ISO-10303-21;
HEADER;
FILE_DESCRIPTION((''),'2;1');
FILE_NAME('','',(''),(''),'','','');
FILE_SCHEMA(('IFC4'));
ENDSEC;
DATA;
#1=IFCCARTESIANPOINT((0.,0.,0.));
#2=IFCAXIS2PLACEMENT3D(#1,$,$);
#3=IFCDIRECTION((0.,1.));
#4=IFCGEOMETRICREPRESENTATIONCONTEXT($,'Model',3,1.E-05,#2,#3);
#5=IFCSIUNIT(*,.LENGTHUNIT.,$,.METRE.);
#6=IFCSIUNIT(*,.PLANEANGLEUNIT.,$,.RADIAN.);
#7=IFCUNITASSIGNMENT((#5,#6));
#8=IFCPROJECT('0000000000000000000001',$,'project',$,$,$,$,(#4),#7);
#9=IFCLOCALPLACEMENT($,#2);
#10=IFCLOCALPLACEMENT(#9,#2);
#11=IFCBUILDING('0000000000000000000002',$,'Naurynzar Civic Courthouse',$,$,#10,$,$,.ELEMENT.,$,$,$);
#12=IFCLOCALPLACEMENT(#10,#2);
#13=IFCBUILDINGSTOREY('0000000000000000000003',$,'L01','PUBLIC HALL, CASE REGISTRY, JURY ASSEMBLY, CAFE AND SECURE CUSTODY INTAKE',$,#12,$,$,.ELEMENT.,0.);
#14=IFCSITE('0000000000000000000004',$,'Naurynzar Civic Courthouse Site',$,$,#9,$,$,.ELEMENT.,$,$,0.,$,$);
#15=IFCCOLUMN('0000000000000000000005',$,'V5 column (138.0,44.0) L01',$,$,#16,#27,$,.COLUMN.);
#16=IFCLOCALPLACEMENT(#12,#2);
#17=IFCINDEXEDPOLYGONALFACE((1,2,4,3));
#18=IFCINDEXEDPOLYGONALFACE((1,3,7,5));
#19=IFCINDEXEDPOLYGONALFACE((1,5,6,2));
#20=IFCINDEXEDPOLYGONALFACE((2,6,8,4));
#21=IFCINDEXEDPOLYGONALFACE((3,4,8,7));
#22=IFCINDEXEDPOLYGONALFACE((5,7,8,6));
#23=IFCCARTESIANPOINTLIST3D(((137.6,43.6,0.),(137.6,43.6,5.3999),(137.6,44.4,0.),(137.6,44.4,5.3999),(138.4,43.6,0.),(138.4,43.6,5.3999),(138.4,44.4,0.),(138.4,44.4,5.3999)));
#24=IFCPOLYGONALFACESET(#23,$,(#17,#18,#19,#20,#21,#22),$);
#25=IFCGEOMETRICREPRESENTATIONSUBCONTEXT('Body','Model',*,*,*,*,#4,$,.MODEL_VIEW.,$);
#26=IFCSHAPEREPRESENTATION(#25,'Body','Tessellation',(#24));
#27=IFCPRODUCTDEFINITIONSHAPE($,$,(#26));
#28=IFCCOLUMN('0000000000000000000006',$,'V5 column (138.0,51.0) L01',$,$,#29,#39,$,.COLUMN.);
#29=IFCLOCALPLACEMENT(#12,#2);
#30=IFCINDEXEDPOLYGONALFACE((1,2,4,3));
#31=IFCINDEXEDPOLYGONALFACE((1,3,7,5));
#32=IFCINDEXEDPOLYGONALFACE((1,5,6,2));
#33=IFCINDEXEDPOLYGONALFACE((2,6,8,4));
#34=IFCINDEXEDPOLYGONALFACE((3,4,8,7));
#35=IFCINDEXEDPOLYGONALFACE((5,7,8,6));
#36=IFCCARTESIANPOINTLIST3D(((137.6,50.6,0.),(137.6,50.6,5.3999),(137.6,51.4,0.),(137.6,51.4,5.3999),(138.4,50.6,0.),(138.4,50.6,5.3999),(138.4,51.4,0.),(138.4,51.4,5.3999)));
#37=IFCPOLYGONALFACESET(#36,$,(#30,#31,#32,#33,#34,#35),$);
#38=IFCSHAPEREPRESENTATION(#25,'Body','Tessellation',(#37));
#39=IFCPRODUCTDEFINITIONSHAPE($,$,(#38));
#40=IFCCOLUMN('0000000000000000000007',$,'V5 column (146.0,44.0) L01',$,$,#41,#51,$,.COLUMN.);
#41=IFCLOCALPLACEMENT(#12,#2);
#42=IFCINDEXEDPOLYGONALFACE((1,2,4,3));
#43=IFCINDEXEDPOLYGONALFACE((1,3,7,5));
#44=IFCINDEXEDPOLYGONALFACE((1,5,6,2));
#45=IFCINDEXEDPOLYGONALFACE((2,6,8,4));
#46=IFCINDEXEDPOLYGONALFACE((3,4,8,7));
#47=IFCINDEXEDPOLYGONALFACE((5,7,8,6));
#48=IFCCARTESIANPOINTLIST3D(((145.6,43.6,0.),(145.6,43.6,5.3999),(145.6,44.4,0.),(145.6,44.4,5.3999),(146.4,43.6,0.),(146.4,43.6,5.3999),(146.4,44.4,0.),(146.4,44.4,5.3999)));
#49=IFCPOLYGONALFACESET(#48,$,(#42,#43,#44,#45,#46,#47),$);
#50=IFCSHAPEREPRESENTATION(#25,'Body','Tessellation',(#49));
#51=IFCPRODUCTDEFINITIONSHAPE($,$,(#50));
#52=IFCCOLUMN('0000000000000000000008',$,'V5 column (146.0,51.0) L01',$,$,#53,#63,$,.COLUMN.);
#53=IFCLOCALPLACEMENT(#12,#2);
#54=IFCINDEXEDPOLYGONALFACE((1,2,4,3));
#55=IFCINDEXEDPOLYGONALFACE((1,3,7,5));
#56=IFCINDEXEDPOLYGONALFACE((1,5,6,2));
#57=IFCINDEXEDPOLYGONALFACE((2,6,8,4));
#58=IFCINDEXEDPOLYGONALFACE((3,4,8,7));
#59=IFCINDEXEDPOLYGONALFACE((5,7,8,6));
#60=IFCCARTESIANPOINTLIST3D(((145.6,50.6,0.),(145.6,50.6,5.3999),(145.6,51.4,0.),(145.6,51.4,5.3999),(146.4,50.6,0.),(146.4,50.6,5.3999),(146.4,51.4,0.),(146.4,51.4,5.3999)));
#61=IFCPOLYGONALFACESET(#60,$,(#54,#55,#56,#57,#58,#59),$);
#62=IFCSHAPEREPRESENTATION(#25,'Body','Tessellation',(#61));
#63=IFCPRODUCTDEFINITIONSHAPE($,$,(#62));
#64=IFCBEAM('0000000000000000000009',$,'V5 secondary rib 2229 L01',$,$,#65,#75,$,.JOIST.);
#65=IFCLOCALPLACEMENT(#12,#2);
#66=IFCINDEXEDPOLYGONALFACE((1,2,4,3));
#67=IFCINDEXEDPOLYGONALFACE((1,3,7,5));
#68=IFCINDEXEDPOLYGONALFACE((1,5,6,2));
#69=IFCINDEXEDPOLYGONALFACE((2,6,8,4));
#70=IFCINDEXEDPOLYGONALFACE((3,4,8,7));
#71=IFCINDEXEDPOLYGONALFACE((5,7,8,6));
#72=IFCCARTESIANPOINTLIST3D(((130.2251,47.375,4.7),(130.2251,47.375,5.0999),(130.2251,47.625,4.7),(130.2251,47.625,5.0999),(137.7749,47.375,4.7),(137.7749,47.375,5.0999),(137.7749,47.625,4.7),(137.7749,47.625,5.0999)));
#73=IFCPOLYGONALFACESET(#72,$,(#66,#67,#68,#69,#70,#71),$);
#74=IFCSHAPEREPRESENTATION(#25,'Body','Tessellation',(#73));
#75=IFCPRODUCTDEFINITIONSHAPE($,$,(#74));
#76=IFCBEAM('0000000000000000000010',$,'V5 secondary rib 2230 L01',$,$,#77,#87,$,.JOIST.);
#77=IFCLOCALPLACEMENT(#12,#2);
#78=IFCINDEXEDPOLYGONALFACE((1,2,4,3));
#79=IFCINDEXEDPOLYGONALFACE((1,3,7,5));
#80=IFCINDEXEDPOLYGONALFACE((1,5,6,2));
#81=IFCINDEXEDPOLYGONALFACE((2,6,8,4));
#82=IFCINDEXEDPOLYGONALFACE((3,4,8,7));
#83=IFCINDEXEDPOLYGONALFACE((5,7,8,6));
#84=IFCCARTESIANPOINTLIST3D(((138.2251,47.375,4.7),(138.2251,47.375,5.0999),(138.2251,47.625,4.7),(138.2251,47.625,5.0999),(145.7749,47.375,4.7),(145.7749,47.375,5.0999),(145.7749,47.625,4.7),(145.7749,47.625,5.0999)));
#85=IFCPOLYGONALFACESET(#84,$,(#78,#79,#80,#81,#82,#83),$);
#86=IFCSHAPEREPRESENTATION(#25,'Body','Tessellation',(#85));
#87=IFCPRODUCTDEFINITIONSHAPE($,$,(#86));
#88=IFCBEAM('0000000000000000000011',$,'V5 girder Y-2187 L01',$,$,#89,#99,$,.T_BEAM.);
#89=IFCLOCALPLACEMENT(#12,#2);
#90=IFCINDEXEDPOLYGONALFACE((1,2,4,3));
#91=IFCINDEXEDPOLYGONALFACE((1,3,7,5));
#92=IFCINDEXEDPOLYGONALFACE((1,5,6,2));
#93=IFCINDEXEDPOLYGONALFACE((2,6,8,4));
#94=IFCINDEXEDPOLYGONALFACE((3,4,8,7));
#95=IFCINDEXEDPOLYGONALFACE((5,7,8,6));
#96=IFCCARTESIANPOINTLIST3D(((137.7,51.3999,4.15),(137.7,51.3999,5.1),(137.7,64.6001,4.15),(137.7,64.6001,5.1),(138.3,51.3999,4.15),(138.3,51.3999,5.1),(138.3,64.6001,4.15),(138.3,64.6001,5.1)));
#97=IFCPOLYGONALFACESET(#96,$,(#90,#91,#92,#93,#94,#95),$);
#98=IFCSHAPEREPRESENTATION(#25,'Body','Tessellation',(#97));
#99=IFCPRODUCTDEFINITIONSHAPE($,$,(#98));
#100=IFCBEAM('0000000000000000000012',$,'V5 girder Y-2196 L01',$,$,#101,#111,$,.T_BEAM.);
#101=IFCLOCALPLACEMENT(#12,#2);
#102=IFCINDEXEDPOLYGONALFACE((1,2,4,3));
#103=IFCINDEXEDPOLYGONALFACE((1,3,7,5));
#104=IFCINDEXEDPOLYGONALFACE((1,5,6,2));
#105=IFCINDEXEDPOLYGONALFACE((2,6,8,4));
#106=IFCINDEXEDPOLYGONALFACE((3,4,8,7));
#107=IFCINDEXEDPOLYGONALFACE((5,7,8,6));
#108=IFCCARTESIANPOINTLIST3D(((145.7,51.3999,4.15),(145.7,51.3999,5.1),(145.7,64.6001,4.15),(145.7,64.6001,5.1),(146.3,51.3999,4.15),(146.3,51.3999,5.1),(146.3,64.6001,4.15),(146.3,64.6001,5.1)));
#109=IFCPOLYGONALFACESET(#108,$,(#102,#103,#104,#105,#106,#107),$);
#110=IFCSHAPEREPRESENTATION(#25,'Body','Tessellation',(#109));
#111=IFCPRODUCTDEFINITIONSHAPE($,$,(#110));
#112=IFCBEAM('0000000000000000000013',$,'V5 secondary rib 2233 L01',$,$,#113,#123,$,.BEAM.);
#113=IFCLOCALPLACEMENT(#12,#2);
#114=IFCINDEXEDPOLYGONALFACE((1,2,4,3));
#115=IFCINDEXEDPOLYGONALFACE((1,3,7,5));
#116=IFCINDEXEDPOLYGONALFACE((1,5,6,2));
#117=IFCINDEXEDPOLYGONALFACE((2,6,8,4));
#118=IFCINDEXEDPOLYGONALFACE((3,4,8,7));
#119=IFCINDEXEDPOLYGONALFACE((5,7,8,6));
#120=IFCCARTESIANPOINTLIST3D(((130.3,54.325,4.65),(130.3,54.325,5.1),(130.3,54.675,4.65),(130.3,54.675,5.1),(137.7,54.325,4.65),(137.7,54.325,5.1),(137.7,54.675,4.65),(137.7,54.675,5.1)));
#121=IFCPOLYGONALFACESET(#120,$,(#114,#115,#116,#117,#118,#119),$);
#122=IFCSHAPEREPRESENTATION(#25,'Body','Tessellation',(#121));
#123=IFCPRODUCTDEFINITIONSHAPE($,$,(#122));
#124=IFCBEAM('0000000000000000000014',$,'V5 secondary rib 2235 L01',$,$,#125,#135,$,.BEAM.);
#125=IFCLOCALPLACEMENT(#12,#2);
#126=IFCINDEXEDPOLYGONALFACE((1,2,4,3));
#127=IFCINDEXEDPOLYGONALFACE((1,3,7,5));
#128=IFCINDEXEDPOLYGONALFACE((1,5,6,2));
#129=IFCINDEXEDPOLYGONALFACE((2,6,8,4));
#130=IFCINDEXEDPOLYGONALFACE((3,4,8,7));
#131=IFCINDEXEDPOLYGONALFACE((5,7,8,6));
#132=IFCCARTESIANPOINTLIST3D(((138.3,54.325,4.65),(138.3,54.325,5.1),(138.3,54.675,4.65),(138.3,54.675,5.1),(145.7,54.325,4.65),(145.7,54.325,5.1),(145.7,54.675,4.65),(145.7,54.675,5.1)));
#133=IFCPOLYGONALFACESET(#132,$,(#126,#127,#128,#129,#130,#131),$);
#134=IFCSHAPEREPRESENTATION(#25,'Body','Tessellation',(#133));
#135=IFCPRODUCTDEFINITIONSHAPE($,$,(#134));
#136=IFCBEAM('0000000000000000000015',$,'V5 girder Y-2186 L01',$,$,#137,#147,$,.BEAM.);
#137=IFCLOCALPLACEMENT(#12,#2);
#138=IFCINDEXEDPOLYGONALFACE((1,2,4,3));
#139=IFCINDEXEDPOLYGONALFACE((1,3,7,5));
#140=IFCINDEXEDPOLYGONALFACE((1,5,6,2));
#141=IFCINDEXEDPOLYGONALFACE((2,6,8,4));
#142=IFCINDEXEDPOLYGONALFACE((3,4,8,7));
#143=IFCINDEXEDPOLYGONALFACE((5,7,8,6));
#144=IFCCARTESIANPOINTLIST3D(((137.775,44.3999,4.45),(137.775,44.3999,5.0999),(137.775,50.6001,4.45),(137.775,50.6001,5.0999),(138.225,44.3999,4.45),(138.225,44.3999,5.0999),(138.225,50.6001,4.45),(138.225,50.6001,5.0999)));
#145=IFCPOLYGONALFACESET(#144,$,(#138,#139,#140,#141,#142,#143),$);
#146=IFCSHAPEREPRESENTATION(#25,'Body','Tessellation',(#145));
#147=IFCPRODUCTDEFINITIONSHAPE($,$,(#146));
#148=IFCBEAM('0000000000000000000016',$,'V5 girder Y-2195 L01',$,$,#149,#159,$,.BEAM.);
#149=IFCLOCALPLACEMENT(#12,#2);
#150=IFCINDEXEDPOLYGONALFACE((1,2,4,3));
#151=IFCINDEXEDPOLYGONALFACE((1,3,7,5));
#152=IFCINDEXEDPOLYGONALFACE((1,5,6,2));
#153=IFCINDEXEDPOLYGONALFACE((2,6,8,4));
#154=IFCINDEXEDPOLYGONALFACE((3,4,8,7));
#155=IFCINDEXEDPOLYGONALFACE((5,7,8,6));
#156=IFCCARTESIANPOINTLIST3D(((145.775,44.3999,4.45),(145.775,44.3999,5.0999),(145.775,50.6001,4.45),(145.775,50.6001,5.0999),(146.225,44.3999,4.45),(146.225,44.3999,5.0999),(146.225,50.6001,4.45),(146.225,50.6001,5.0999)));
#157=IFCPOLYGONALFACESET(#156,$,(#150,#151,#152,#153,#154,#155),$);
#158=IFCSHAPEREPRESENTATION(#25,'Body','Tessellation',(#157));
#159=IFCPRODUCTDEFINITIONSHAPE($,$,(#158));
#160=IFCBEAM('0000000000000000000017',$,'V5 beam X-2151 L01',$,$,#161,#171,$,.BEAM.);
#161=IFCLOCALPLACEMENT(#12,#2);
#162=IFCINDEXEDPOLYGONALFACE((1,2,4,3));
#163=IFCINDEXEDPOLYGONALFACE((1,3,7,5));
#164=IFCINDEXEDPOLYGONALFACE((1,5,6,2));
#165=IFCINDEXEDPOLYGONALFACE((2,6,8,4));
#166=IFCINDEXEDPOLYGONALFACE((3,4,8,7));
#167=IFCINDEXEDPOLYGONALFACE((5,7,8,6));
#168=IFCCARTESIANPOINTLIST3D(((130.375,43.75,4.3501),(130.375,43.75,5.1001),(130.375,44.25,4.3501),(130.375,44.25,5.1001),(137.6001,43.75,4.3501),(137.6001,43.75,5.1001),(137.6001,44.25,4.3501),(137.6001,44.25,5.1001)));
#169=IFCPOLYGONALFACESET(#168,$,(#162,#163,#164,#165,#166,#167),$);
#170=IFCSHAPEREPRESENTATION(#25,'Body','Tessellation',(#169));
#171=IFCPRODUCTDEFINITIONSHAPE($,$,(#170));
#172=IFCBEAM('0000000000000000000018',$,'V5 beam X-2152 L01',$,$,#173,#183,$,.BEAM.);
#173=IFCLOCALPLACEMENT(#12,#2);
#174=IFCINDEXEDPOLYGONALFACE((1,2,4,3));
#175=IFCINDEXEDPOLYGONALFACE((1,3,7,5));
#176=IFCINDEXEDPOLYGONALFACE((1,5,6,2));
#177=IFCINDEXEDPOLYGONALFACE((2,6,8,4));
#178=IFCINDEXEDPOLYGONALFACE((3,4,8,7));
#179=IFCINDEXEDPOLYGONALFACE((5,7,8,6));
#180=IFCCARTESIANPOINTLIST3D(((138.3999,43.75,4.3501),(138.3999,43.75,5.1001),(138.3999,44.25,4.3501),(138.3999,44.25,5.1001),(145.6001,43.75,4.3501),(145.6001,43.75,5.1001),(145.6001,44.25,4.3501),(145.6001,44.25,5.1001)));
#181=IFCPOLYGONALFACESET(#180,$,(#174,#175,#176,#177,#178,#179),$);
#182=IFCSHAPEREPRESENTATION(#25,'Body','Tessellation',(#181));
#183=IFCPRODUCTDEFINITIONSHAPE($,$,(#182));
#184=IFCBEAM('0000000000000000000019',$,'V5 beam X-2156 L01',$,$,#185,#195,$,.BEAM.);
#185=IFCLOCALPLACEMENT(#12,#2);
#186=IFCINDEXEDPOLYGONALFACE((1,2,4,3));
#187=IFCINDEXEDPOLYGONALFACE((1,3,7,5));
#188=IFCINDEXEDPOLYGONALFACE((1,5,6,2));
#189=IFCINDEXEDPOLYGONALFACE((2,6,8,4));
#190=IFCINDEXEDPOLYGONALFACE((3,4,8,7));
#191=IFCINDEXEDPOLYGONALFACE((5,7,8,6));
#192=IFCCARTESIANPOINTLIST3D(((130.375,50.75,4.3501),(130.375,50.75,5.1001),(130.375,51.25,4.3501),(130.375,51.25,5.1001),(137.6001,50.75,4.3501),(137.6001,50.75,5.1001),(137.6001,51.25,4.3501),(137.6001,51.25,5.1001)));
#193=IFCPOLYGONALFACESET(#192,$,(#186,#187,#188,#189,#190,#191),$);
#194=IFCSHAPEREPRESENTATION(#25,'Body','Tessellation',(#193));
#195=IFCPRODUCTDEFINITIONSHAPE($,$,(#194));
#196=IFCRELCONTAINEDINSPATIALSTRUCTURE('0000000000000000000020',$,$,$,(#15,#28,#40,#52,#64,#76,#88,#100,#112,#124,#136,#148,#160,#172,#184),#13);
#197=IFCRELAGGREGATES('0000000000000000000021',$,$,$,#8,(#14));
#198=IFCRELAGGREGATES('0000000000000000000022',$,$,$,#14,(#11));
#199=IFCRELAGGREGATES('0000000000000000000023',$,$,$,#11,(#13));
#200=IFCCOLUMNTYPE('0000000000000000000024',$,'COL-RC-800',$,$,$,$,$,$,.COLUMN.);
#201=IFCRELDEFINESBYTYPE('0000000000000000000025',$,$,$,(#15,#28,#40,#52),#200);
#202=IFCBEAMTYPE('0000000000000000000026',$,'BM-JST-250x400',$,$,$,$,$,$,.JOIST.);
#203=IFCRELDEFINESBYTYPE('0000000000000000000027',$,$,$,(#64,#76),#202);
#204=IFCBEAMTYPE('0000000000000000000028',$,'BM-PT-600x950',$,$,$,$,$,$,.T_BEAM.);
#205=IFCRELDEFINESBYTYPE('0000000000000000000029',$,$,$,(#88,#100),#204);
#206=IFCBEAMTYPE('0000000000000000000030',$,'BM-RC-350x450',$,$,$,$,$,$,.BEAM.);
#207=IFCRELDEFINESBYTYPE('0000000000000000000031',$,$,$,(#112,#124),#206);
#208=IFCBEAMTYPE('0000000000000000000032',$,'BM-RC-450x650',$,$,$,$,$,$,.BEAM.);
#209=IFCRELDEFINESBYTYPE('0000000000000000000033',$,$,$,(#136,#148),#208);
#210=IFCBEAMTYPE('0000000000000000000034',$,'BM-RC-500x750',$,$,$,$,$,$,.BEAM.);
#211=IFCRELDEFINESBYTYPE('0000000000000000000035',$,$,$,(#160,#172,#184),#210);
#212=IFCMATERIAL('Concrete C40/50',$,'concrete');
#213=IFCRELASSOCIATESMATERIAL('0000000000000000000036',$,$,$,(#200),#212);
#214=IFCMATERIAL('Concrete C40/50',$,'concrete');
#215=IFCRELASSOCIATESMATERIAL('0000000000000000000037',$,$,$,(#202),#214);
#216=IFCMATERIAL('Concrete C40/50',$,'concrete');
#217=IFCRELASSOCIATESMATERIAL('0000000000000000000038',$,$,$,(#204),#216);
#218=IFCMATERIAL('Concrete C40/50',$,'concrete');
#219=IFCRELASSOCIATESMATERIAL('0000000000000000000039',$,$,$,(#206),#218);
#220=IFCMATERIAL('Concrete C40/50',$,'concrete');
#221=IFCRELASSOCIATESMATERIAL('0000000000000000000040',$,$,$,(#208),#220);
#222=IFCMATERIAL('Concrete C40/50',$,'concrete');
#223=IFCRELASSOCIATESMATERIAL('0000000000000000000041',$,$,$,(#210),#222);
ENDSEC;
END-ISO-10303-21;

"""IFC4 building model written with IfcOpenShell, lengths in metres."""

from ifc_helpers import new_model, si_unit, direction, frame, origin, origin_2d, place, context, subcontext, project, spatial, rectangle, extrude, material, material_profile, profile_set, type_object, element, save


model = new_model("IFC4")

# Units and contexts
model_context = context("Model", 3, precision=1e-05, world=origin(), true_north=direction((0.0, 1.0)))
body_context = subcontext(model_context, "Body", "Model", "MODEL_VIEW")
ifc_project = project(units=[si_unit("LENGTHUNIT", "METRE"), si_unit("PLANEANGLEUNIT", "RADIAN")], contexts=[model_context])

# Site, building, storey
site_placement = place(None, origin())
site = spatial("IfcSite", under=ifc_project, at=site_placement, Name="Naurynzar Civic Courthouse Site", CompositionType="ELEMENT", RefElevation=0.0)
building_placement = place(site_placement, origin())
building = spatial("IfcBuilding", under=site, at=building_placement, Name="Naurynzar Civic Courthouse", CompositionType="ELEMENT")
storey_placement = place(building_placement, origin())
storey = spatial("IfcBuildingStorey", under=building, at=storey_placement, Name="L01", Description="PUBLIC HALL, CASE REGISTRY, JURY ASSEMBLY, CAFE AND SECURE CUSTODY INTAKE", CompositionType="ELEMENT", Elevation=0.0)

# Columns
ifc_material_1 = material(Name="Concrete C40/50", Category="concrete")
ifc_material_profile_1 = material_profile(ifc_material_1, rectangle(XDim=0.8, YDim=0.8, at=origin_2d()), Name="RC 800x800")
ifc_profile_set_1 = profile_set([ifc_material_profile_1], Name="Concrete C40/50")
column_type = type_object("IfcColumnType", Name="COL-RC-800", PredefinedType="COLUMN", material=ifc_profile_set_1)
for number, where, z_axis, x_axis, name in (
    (1, (138.0, 44.0, 0.0), (0.0, 0.0, 1.0), (1.0, 0.0, 0.0), "V5 column (138.0,44.0) L01"),
    (2, (138.0, 51.0, 0.0), (0.0, 0.0, 1.0), (1.0, 0.0, 0.0), "V5 column (138.0,51.0) L01"),
    (3, (146.0, 44.0, 0.0), (0.0, 0.0, 1.0), (1.0, 0.0, 0.0), "V5 column (146.0,44.0) L01"),
    (4, (146.0, 51.0, 0.0), (0.0, 0.0, 1.0), (1.0, 0.0, 0.0), "V5 column (146.0,51.0) L01"),
):
    element("IfcColumn", number, at=place(storey_placement, frame(where, z_axis=z_axis, x_axis=x_axis)), inside=storey, type_object=column_type, Name=name, PredefinedType="COLUMN", context=body_context, shape_type="SweptSolid", body=[
        extrude(rectangle(XDim=0.8, YDim=0.8, at=origin_2d()), origin(), (0.0, 0.0, 1.0), 5.3999),
    ])

# Beams
ifc_material_2 = material(Name="Concrete C40/50", Category="concrete")
ifc_material_profile_2 = material_profile(ifc_material_2, rectangle(XDim=0.25, YDim=0.3999, at=origin_2d()), Name="RCB 250x400")
ifc_profile_set_2 = profile_set([ifc_material_profile_2], Name="Concrete C40/50")
beam_type_1 = type_object("IfcBeamType", Name="BM-JST-250x400", PredefinedType="JOIST", material=ifc_profile_set_2)
for number, where, z_axis, x_axis, name in (
    (5, (130.2251, 47.5, 4.8999), (1.0, 0.0, 0.0), (0.0, 1.0, 0.0), "V5 secondary rib 2229 L01"),
    (6, (138.2251, 47.5, 4.8999), (1.0, 0.0, 0.0), (0.0, 1.0, 0.0), "V5 secondary rib 2230 L01"),
):
    element("IfcBeam", number, at=place(storey_placement, frame(where, z_axis=z_axis, x_axis=x_axis)), inside=storey, type_object=beam_type_1, Name=name, PredefinedType="JOIST", context=body_context, shape_type="SweptSolid", body=[
        extrude(rectangle(XDim=0.25, YDim=0.3999, at=origin_2d()), origin(), (0.0, 0.0, 1.0), 7.5498),
    ])
ifc_material_3 = material(Name="Concrete C40/50", Category="concrete")
ifc_material_profile_3 = material_profile(ifc_material_3, rectangle(XDim=0.6001, YDim=0.95, at=origin_2d()), Name="PTB 600x950")
ifc_profile_set_3 = profile_set([ifc_material_profile_3], Name="Concrete C40/50")
beam_type_2 = type_object("IfcBeamType", Name="BM-PT-600x950", PredefinedType="T_BEAM", material=ifc_profile_set_3)
for number, where, z_axis, x_axis, name in (
    (7, (138.0, 51.3999, 4.625), (0.0, 1.0, 0.0), (-1.0, 0.0, 0.0), "V5 girder Y-2187 L01"),
    (8, (146.0, 51.3999, 4.625), (0.0, 1.0, 0.0), (-1.0, 0.0, 0.0), "V5 girder Y-2196 L01"),
):
    element("IfcBeam", number, at=place(storey_placement, frame(where, z_axis=z_axis, x_axis=x_axis)), inside=storey, type_object=beam_type_2, Name=name, PredefinedType="T_BEAM", context=body_context, shape_type="SweptSolid", body=[
        extrude(rectangle(XDim=0.6001, YDim=0.95, at=origin_2d()), origin(), (0.0, 0.0, 1.0), 13.2002),
    ])
ifc_material_4 = material(Name="Concrete C40/50", Category="concrete")
ifc_material_profile_4 = material_profile(ifc_material_4, rectangle(XDim=0.3501, YDim=0.45, at=origin_2d()), Name="RCB 350x450")
ifc_profile_set_4 = profile_set([ifc_material_profile_4], Name="Concrete C40/50")
beam_type_3 = type_object("IfcBeamType", Name="BM-RC-350x450", PredefinedType="BEAM", material=ifc_profile_set_4)
for number, where, z_axis, x_axis, name in (
    (9, (130.3, 54.5, 4.875), (1.0, 0.0, 0.0), (0.0, 1.0, 0.0), "V5 secondary rib 2233 L01"),
    (10, (138.3, 54.5, 4.875), (1.0, 0.0, 0.0), (0.0, 1.0, 0.0), "V5 secondary rib 2235 L01"),
):
    element("IfcBeam", number, at=place(storey_placement, frame(where, z_axis=z_axis, x_axis=x_axis)), inside=storey, type_object=beam_type_3, Name=name, PredefinedType="BEAM", context=body_context, shape_type="SweptSolid", body=[
        extrude(rectangle(XDim=0.3501, YDim=0.45, at=origin_2d()), origin(), (0.0, 0.0, 1.0), 7.3999),
    ])
ifc_material_5 = material(Name="Concrete C40/50", Category="concrete")
ifc_material_profile_5 = material_profile(ifc_material_5, rectangle(XDim=0.45, YDim=0.6499, at=origin_2d()), Name="RCB 450x650")
ifc_profile_set_5 = profile_set([ifc_material_profile_5], Name="Concrete C40/50")
beam_type_4 = type_object("IfcBeamType", Name="BM-RC-450x650", PredefinedType="BEAM", material=ifc_profile_set_5)
for number, where, z_axis, x_axis, name in (
    (11, (138.0, 44.3999, 4.7749), (0.0, 1.0, 0.0), (-1.0, 0.0, 0.0), "V5 girder Y-2186 L01"),
    (12, (146.0, 44.3999, 4.7749), (0.0, 1.0, 0.0), (-1.0, 0.0, 0.0), "V5 girder Y-2195 L01"),
):
    element("IfcBeam", number, at=place(storey_placement, frame(where, z_axis=z_axis, x_axis=x_axis)), inside=storey, type_object=beam_type_4, Name=name, PredefinedType="BEAM", context=body_context, shape_type="SweptSolid", body=[
        extrude(rectangle(XDim=0.45, YDim=0.6499, at=origin_2d()), origin(), (0.0, 0.0, 1.0), 6.2002),
    ])
ifc_material_6 = material(Name="Concrete C40/50", Category="concrete")
ifc_material_profile_6 = material_profile(ifc_material_6, rectangle(XDim=0.5, YDim=0.75, at=origin_2d()), Name="RCB 500x750")
ifc_profile_set_6 = profile_set([ifc_material_profile_6], Name="Concrete C40/50")
beam_type_5 = type_object("IfcBeamType", Name="BM-RC-500x750", PredefinedType="BEAM", material=ifc_profile_set_6)
beam_1_placement = place(storey_placement, frame((130.375, 44.0, 4.7251), z_axis=(1.0, 0.0, 0.0), x_axis=(0.0, 1.0, 0.0)))
element("IfcBeam", 13, at=beam_1_placement, inside=storey, type_object=beam_type_5, Name="V5 beam X-2151 L01", PredefinedType="BEAM", context=body_context, shape_type="SweptSolid", body=[
    extrude(rectangle(XDim=0.5, YDim=0.75, at=origin_2d()), origin(), (0.0, 0.0, 1.0), 7.2251),
])
beam_2_placement = place(storey_placement, frame((138.3999, 44.0, 4.7251), z_axis=(1.0, 0.0, 0.0), x_axis=(0.0, 1.0, 0.0)))
element("IfcBeam", 14, at=beam_2_placement, inside=storey, type_object=beam_type_5, Name="V5 beam X-2152 L01", PredefinedType="BEAM", context=body_context, shape_type="SweptSolid", body=[
    extrude(rectangle(XDim=0.5, YDim=0.75, at=origin_2d()), origin(), (0.0, 0.0, 1.0), 7.2002),
])
beam_3_placement = place(storey_placement, frame((130.375, 51.0, 4.7251), z_axis=(1.0, 0.0, 0.0), x_axis=(0.0, 1.0, 0.0)))
element("IfcBeam", 15, at=beam_3_placement, inside=storey, type_object=beam_type_5, Name="V5 beam X-2156 L01", PredefinedType="BEAM", context=body_context, shape_type="SweptSolid", body=[
    extrude(rectangle(XDim=0.5, YDim=0.75, at=origin_2d()), origin(), (0.0, 0.0, 1.0), 7.2251),
])

save(model, "model.ifc")
